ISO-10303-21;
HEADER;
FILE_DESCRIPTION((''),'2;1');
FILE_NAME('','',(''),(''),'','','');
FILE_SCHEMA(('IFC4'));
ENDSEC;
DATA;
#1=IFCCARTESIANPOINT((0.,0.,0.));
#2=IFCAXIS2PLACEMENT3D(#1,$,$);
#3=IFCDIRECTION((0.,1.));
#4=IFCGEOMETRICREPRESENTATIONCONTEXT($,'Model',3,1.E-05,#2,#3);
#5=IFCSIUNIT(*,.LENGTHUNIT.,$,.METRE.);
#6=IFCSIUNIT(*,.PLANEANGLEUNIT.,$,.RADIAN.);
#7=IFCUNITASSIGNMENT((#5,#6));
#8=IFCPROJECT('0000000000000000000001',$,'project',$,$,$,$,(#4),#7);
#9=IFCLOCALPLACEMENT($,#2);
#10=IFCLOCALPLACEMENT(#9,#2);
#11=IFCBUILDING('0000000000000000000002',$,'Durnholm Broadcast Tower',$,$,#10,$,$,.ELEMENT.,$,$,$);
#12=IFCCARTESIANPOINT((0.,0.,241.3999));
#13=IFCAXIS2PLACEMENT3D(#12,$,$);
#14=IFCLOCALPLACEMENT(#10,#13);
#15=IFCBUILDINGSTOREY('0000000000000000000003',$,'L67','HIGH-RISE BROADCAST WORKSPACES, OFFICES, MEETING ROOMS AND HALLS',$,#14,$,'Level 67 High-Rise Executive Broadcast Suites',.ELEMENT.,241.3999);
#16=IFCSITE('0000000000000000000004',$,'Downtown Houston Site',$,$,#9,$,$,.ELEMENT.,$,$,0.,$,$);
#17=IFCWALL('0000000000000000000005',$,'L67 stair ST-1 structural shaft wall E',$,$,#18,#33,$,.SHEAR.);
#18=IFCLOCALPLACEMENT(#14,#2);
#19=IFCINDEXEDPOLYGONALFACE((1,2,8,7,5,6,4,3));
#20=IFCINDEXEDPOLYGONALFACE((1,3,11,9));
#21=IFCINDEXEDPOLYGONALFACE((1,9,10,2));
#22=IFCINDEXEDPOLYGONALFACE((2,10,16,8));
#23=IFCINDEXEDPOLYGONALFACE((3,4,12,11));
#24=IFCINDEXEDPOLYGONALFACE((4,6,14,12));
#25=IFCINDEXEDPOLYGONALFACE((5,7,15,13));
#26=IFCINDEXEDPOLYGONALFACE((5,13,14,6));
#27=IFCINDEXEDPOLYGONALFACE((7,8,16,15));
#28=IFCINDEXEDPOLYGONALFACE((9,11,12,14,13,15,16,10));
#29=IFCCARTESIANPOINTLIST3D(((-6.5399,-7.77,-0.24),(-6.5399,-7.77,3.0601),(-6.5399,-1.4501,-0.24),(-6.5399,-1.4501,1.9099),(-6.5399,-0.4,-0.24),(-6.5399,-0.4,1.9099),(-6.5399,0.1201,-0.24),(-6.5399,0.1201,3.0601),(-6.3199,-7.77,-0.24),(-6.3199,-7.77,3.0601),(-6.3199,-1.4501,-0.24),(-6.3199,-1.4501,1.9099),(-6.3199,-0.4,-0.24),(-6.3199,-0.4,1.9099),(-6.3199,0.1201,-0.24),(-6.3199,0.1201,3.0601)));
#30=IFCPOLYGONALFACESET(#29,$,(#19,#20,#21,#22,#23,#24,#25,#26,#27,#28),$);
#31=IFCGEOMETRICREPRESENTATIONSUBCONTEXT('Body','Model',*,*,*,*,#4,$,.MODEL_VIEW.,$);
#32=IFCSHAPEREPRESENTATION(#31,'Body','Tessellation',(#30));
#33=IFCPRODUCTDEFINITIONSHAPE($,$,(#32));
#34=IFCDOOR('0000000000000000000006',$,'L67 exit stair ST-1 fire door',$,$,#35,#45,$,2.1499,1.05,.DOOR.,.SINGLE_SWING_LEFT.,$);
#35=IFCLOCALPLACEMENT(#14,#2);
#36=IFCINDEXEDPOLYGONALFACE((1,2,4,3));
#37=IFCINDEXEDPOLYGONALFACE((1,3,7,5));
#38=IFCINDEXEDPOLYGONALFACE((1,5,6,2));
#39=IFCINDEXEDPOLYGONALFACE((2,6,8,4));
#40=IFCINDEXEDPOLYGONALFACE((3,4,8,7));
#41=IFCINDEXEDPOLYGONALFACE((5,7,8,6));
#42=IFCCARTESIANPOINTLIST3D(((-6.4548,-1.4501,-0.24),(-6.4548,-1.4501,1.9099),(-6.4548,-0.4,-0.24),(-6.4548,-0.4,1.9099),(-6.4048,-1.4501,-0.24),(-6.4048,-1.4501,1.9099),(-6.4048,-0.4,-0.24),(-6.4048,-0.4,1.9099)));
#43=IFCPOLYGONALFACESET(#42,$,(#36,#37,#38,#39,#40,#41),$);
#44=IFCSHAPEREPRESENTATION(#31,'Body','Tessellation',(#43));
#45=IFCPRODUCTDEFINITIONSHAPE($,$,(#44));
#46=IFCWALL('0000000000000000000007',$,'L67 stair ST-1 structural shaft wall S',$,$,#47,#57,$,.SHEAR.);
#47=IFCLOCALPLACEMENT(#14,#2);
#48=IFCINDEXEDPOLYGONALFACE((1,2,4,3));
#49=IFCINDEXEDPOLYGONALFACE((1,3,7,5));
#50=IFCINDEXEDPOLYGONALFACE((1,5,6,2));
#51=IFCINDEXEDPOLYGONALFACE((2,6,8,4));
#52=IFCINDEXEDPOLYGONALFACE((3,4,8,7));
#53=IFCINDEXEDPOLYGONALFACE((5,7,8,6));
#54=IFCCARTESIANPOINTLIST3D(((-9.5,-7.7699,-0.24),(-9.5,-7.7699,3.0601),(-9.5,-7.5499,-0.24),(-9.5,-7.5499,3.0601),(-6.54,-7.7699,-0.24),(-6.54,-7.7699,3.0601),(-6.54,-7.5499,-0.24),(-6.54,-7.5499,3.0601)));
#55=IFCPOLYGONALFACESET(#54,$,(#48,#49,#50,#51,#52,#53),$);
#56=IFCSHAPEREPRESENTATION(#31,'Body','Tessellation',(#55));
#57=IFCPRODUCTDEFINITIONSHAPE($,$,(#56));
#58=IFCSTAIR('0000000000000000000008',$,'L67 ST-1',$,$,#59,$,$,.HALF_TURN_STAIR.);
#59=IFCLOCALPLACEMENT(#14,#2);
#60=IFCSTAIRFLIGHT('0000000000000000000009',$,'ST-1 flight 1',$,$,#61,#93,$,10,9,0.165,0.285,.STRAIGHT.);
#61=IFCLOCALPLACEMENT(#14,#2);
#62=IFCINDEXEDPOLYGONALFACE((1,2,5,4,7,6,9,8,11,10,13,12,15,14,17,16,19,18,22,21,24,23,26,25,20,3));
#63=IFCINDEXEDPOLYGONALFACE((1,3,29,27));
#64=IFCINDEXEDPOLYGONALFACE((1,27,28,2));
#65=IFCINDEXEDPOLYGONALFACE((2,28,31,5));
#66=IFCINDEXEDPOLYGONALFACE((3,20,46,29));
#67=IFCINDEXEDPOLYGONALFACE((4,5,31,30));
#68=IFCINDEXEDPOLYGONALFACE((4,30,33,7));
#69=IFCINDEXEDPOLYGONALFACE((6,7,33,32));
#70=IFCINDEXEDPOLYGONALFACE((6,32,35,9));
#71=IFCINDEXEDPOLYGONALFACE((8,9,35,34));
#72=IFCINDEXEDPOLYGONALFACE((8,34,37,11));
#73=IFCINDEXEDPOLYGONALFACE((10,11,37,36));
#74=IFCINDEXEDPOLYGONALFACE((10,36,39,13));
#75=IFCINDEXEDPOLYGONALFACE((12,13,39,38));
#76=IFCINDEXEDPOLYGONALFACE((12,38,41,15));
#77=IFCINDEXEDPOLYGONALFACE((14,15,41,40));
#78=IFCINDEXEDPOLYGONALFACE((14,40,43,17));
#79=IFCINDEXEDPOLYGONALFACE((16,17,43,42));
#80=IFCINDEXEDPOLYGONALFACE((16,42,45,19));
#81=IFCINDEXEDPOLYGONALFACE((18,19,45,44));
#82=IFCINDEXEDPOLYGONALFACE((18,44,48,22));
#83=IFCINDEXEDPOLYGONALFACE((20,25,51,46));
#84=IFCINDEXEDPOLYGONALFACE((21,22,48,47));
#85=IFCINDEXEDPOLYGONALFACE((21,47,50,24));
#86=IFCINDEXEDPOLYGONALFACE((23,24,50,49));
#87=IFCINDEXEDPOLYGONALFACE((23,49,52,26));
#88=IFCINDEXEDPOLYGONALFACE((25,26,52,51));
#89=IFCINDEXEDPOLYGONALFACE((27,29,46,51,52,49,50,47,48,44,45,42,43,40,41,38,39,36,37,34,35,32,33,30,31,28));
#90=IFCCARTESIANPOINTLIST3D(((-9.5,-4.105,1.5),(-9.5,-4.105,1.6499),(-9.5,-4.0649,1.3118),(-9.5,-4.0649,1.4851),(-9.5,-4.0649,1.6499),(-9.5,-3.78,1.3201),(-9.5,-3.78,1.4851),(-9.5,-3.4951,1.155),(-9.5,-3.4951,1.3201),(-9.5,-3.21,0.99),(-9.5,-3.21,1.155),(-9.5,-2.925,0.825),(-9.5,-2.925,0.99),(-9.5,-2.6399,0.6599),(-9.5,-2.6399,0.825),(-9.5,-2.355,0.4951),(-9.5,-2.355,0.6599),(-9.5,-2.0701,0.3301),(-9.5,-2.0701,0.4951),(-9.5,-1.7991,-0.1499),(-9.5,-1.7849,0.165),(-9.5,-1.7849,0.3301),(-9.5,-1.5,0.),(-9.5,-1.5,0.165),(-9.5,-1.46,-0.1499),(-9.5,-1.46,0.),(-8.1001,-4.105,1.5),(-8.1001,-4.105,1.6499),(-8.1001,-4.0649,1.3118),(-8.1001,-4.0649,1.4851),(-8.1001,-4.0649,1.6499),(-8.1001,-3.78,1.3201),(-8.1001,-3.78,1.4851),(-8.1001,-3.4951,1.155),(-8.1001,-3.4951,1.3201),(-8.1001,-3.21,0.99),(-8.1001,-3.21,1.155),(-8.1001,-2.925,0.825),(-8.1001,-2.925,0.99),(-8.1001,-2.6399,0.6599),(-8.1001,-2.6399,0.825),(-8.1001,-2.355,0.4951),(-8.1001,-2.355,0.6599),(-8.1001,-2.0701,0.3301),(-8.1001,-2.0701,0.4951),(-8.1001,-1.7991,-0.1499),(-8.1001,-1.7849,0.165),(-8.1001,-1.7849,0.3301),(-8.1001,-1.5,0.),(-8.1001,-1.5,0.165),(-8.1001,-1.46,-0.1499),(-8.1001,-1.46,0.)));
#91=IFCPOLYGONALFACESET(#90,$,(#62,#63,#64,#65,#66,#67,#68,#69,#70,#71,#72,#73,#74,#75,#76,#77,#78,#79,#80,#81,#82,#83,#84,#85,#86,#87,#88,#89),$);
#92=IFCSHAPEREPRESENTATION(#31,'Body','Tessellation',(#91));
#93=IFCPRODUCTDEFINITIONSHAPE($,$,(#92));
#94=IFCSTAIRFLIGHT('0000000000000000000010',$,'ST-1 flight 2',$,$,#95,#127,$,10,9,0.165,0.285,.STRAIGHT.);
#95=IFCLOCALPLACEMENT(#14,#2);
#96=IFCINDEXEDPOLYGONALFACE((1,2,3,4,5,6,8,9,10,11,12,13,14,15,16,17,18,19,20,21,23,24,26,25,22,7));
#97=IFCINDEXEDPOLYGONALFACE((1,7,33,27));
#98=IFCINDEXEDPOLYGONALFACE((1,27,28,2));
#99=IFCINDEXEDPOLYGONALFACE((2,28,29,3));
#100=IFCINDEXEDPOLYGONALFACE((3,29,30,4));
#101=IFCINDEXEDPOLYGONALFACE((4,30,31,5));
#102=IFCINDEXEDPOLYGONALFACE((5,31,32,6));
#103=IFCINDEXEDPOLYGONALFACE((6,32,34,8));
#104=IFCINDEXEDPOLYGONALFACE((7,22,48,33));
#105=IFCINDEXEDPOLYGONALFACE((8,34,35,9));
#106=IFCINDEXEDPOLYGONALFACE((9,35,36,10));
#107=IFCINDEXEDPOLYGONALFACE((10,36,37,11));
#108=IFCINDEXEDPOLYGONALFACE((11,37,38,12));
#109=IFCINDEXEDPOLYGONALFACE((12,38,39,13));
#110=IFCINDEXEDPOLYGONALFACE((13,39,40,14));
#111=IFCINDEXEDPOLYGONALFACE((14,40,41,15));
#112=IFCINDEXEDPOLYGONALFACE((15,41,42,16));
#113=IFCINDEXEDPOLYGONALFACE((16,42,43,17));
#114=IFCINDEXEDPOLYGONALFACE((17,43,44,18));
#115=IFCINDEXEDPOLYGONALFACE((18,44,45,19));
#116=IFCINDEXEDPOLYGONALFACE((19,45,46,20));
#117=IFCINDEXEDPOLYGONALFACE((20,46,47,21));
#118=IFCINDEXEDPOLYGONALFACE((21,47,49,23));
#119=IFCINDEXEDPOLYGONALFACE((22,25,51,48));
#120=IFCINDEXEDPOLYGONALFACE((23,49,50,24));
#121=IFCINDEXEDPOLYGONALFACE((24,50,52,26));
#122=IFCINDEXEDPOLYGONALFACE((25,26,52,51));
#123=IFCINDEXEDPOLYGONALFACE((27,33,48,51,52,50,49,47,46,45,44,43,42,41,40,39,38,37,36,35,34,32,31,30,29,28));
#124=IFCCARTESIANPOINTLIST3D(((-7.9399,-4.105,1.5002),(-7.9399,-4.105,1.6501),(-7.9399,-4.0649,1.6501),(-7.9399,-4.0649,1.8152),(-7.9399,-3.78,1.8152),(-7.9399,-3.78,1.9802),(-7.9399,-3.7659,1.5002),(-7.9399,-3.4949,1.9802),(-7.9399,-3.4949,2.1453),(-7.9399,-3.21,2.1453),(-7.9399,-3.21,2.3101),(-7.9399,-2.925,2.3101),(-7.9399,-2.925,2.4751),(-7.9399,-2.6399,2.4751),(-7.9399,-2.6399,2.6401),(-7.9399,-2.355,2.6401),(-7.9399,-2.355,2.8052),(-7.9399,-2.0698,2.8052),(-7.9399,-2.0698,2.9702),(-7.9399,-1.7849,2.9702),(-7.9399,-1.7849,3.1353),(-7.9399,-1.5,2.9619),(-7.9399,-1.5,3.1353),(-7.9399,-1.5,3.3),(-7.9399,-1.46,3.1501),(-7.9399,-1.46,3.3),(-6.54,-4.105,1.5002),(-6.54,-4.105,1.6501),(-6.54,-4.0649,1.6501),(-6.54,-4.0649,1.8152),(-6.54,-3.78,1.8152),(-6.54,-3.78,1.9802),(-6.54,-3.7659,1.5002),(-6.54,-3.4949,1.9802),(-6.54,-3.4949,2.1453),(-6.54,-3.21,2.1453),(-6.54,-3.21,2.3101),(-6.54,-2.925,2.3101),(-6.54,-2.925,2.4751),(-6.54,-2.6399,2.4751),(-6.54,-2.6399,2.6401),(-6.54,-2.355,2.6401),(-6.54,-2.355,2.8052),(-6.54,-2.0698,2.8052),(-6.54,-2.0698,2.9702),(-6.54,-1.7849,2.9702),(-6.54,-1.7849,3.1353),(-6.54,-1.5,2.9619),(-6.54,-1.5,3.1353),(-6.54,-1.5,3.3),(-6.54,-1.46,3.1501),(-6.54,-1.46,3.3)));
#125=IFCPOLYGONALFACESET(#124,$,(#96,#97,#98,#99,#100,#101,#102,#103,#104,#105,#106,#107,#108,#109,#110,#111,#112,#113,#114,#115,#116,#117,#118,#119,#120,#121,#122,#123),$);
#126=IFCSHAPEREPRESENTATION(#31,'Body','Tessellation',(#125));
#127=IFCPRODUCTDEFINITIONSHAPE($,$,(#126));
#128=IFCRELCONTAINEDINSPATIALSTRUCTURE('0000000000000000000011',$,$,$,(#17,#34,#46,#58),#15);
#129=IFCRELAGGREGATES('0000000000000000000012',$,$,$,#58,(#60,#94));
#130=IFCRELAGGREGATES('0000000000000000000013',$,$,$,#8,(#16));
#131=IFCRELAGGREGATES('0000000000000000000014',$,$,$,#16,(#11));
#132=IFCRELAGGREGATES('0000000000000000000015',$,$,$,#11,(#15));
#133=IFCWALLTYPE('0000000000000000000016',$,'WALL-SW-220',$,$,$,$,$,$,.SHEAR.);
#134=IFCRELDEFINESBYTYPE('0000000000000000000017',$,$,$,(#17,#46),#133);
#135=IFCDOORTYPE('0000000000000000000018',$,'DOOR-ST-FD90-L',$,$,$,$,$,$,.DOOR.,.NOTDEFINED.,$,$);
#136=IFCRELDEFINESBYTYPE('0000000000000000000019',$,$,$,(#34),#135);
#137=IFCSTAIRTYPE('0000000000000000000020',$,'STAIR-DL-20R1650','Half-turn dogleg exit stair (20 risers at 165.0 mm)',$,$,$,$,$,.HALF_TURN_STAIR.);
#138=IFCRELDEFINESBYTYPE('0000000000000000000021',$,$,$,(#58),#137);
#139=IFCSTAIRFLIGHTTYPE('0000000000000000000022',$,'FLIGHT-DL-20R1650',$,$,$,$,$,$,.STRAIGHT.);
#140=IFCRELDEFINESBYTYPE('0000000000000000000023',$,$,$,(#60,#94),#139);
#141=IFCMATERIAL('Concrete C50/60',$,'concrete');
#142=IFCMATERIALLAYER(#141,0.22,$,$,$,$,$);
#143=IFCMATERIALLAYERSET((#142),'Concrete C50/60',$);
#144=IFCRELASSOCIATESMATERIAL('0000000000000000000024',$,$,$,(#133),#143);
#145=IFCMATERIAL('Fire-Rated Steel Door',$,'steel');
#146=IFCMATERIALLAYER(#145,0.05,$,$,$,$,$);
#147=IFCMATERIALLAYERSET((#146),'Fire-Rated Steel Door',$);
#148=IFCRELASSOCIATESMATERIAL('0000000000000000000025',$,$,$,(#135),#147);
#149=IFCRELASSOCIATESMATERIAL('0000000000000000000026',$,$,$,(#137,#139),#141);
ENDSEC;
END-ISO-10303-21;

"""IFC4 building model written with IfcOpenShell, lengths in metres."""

from ifc_helpers import new_model, si_unit, direction, frame, frame_2d, origin, place, context, subcontext, project, spatial, polyline, rectangle, outline, extrude, source, transform, mapped, material, layer, layer_set, type_object, type_shapes, element, fill, aggregate, save


model = new_model("IFC4")

# Units and contexts
model_context = context("Model", 3, precision=1e-05, world=origin(), true_north=direction((0.0, 1.0)))
body_context = subcontext(model_context, "Body", "Model", "MODEL_VIEW")
ifc_project = project(units=[si_unit("LENGTHUNIT", "METRE"), si_unit("PLANEANGLEUNIT", "RADIAN")], contexts=[model_context])

# Site, building, storey
site_placement = place(None, origin())
site = spatial("IfcSite", under=ifc_project, at=site_placement, Name="Downtown Houston Site", CompositionType="ELEMENT", RefElevation=0.0)
building_placement = place(site_placement, origin())
building = spatial("IfcBuilding", under=site, at=building_placement, Name="Durnholm Broadcast Tower", CompositionType="ELEMENT")
storey_placement = place(building_placement, frame((0.0, 0.0, 241.3999)))
storey = spatial("IfcBuildingStorey", under=building, at=storey_placement, Name="L67", Description="HIGH-RISE BROADCAST WORKSPACES, OFFICES, MEETING ROOMS AND HALLS", LongName="Level 67 High-Rise Executive Broadcast Suites", CompositionType="ELEMENT", Elevation=241.3999)

# Wall, opening, door
ifc_material_1 = material(Name="Concrete C50/60", Category="concrete")
ifc_layer_1 = layer(ifc_material_1, 0.22)
ifc_layer_set_1 = layer_set([ifc_layer_1], Name="Concrete C50/60")
wall_type_1 = type_object("IfcWallType", Name="WALL-SW-220", PredefinedType="SHEAR", material=ifc_layer_set_1)
wall_1_placement = place(storey_placement, frame((-6.4299, -7.77, -0.24), z_axis=(0.0, 0.0, 1.0), x_axis=(0.0, 1.0, 0.0)))
wall_1 = element("IfcWall", 1, at=wall_1_placement, inside=storey, type_object=wall_type_1, Name="L67 stair ST-1 structural shaft wall E", PredefinedType="SHEAR", context=body_context, shape_type="SweptSolid", body=[
    extrude(rectangle(XDim=7.8901, YDim=0.22, at=frame_2d((3.9451, 0.0))), origin(), (0.0, 0.0, 1.0), 3.3),
])
opening_1_placement = place(wall_1_placement, frame((6.3201, 0.0, 0.0)))
opening_1 = element("IfcOpeningElement", 2, at=opening_1_placement, cuts=wall_1, PredefinedType="OPENING", context=body_context, shape_type="SweptSolid", body=[
    extrude(rectangle(XDim=1.05, YDim=2.1499, at=frame_2d((0.5249, 1.075))), frame((0.0, 0.1201, 0.0), z_axis=(0.0, -1.0, 0.0), x_axis=(1.0, 0.0, 0.0)), (0.0, 0.0, 1.0), 0.24),
])
ifc_material_2 = material(Name="Fire-Rated Steel Door", Category="steel")
ifc_layer_2 = layer(ifc_material_2, 0.05)
ifc_layer_set_2 = layer_set([ifc_layer_2], Name="Fire-Rated Steel Door")
door_type_1 = type_object("IfcDoorType", Name="DOOR-ST-FD90-L", OperationType="NOTDEFINED", PredefinedType="DOOR", material=ifc_layer_set_2)
shared_shape_1 = source(origin(), body_context, "Body", "SweptSolid", [
    extrude(rectangle(XDim=1.05, YDim=2.1499, at=frame_2d((0.5249, 1.075))), frame((0.0, 0.0249, 0.0), z_axis=(0.0, -1.0, 0.0), x_axis=(1.0, 0.0, 0.0)), (0.0, 0.0, 1.0), 0.05),
])
type_shapes(door_type_1, [shared_shape_1])
door_1_placement = place(opening_1_placement, origin())
door_1 = element("IfcDoor", 3, at=door_1_placement, inside=storey, type_object=door_type_1, Name="L67 exit stair ST-1 fire door", OperationType="SINGLE_SWING_LEFT", OverallHeight=2.1499, OverallWidth=1.05, PredefinedType="DOOR", context=body_context, shape_type="MappedRepresentation", body=[
    mapped(shared_shape_1, transform((0.0, 0.0, 0.0), x_axis=(1.0, 0.0, 0.0), y_axis=(0.0, 1.0, 0.0), z_axis=(0.0, 0.0, 1.0), scale=1.0)),
])
fill(opening_1, door_1)

# Wall
wall_2_placement = place(storey_placement, frame((-9.5, -7.6599, -0.24), z_axis=(0.0, 0.0, 1.0), x_axis=(1.0, 0.0, 0.0)))
element("IfcWall", 4, at=wall_2_placement, inside=storey, type_object=wall_type_1, Name="L67 stair ST-1 structural shaft wall S", PredefinedType="SHEAR", context=body_context, shape_type="SweptSolid", body=[
    extrude(rectangle(XDim=2.96, YDim=0.22, at=frame_2d((1.48, 0.0))), origin(), (0.0, 0.0, 1.0), 3.3),
])

# Stair, stair flights
stair_type = type_object("IfcStairType", Name="STAIR-DL-20R1650", Description="Half-turn dogleg exit stair (20 risers at 165.0 mm)", PredefinedType="HALF_TURN_STAIR", material=ifc_material_1)
stair_placement = place(storey_placement, origin())
stair = element("IfcStair", 5, at=stair_placement, inside=storey, type_object=stair_type, Name="L67 ST-1", PredefinedType="HALF_TURN_STAIR")
stair_flight_type = type_object("IfcStairFlightType", Name="FLIGHT-DL-20R1650", PredefinedType="STRAIGHT", material=ifc_material_1)
stair_flight_1_placement = place(storey_placement, frame((-8.8, -1.5, 0.0), z_axis=(0.0, 0.0, 1.0), x_axis=(0.0, -1.0, 0.0)))
stair_flight_1 = element("IfcStairFlight", 6, at=stair_flight_1_placement, type_object=stair_flight_type, Name="ST-1 flight 1", NumberOfRisers=10, NumberOfTreads=9, PredefinedType="STRAIGHT", RiserHeight=0.165, TreadLength=0.285, context=body_context, shape_type="SweptSolid", body=[
    extrude(outline(polyline([(-0.04, -0.1499), (-0.04, 0.0), (0.0, 0.0), (0.0, 0.165), (0.2849, 0.165), (0.2849, 0.3301), (0.5701, 0.3301), (0.5701, 0.4951), (0.855, 0.4951), (0.855, 0.6599), (1.1399, 0.6599), (1.1399, 0.825), (1.425, 0.825), (1.425, 0.99), (1.71, 0.99), (1.71, 1.155), (1.9951, 1.155), (1.9951, 1.3201), (2.28, 1.3201), (2.28, 1.4851), (2.5649, 1.4851), (2.5649, 1.6499), (2.605, 1.6499), (2.605, 1.5), (2.5649, 1.3118), (0.2991, -0.1499), (-0.04, -0.1499)])), frame((0.0, 0.7, 0.0), z_axis=(0.0, -1.0, 0.0), x_axis=(1.0, 0.0, 0.0)), (0.0, 0.0, 1.0), 1.3999),
])
stair_flight_2_placement = place(storey_placement, frame((-7.24, -4.0649, 1.6501), z_axis=(0.0, 0.0, 1.0), x_axis=(0.0, 1.0, 0.0)))
stair_flight_2 = element("IfcStairFlight", 7, at=stair_flight_2_placement, type_object=stair_flight_type, Name="ST-1 flight 2", NumberOfRisers=10, NumberOfTreads=9, PredefinedType="STRAIGHT", RiserHeight=0.165, TreadLength=0.285, context=body_context, shape_type="SweptSolid", body=[
    extrude(outline(polyline([(-0.04, -0.1499), (-0.04, 0.0), (0.0, 0.0), (0.0, 0.165), (0.2849, 0.165), (0.2849, 0.3301), (0.5701, 0.3301), (0.5701, 0.4951), (0.855, 0.4951), (0.855, 0.6599), (1.1399, 0.6599), (1.1399, 0.825), (1.425, 0.825), (1.425, 0.99), (1.71, 0.99), (1.71, 1.155), (1.9951, 1.155), (1.9951, 1.3201), (2.28, 1.3201), (2.28, 1.4851), (2.5649, 1.4851), (2.5649, 1.6499), (2.605, 1.6499), (2.605, 1.5), (2.5649, 1.3118), (0.2991, -0.1499), (-0.04, -0.1499)])), frame((0.0, 0.7, 0.0), z_axis=(0.0, -1.0, 0.0), x_axis=(1.0, 0.0, 0.0)), (0.0, 0.0, 1.0), 1.3999),
])
aggregate(stair, [stair_flight_1, stair_flight_2])

save(model, "model.ifc")
